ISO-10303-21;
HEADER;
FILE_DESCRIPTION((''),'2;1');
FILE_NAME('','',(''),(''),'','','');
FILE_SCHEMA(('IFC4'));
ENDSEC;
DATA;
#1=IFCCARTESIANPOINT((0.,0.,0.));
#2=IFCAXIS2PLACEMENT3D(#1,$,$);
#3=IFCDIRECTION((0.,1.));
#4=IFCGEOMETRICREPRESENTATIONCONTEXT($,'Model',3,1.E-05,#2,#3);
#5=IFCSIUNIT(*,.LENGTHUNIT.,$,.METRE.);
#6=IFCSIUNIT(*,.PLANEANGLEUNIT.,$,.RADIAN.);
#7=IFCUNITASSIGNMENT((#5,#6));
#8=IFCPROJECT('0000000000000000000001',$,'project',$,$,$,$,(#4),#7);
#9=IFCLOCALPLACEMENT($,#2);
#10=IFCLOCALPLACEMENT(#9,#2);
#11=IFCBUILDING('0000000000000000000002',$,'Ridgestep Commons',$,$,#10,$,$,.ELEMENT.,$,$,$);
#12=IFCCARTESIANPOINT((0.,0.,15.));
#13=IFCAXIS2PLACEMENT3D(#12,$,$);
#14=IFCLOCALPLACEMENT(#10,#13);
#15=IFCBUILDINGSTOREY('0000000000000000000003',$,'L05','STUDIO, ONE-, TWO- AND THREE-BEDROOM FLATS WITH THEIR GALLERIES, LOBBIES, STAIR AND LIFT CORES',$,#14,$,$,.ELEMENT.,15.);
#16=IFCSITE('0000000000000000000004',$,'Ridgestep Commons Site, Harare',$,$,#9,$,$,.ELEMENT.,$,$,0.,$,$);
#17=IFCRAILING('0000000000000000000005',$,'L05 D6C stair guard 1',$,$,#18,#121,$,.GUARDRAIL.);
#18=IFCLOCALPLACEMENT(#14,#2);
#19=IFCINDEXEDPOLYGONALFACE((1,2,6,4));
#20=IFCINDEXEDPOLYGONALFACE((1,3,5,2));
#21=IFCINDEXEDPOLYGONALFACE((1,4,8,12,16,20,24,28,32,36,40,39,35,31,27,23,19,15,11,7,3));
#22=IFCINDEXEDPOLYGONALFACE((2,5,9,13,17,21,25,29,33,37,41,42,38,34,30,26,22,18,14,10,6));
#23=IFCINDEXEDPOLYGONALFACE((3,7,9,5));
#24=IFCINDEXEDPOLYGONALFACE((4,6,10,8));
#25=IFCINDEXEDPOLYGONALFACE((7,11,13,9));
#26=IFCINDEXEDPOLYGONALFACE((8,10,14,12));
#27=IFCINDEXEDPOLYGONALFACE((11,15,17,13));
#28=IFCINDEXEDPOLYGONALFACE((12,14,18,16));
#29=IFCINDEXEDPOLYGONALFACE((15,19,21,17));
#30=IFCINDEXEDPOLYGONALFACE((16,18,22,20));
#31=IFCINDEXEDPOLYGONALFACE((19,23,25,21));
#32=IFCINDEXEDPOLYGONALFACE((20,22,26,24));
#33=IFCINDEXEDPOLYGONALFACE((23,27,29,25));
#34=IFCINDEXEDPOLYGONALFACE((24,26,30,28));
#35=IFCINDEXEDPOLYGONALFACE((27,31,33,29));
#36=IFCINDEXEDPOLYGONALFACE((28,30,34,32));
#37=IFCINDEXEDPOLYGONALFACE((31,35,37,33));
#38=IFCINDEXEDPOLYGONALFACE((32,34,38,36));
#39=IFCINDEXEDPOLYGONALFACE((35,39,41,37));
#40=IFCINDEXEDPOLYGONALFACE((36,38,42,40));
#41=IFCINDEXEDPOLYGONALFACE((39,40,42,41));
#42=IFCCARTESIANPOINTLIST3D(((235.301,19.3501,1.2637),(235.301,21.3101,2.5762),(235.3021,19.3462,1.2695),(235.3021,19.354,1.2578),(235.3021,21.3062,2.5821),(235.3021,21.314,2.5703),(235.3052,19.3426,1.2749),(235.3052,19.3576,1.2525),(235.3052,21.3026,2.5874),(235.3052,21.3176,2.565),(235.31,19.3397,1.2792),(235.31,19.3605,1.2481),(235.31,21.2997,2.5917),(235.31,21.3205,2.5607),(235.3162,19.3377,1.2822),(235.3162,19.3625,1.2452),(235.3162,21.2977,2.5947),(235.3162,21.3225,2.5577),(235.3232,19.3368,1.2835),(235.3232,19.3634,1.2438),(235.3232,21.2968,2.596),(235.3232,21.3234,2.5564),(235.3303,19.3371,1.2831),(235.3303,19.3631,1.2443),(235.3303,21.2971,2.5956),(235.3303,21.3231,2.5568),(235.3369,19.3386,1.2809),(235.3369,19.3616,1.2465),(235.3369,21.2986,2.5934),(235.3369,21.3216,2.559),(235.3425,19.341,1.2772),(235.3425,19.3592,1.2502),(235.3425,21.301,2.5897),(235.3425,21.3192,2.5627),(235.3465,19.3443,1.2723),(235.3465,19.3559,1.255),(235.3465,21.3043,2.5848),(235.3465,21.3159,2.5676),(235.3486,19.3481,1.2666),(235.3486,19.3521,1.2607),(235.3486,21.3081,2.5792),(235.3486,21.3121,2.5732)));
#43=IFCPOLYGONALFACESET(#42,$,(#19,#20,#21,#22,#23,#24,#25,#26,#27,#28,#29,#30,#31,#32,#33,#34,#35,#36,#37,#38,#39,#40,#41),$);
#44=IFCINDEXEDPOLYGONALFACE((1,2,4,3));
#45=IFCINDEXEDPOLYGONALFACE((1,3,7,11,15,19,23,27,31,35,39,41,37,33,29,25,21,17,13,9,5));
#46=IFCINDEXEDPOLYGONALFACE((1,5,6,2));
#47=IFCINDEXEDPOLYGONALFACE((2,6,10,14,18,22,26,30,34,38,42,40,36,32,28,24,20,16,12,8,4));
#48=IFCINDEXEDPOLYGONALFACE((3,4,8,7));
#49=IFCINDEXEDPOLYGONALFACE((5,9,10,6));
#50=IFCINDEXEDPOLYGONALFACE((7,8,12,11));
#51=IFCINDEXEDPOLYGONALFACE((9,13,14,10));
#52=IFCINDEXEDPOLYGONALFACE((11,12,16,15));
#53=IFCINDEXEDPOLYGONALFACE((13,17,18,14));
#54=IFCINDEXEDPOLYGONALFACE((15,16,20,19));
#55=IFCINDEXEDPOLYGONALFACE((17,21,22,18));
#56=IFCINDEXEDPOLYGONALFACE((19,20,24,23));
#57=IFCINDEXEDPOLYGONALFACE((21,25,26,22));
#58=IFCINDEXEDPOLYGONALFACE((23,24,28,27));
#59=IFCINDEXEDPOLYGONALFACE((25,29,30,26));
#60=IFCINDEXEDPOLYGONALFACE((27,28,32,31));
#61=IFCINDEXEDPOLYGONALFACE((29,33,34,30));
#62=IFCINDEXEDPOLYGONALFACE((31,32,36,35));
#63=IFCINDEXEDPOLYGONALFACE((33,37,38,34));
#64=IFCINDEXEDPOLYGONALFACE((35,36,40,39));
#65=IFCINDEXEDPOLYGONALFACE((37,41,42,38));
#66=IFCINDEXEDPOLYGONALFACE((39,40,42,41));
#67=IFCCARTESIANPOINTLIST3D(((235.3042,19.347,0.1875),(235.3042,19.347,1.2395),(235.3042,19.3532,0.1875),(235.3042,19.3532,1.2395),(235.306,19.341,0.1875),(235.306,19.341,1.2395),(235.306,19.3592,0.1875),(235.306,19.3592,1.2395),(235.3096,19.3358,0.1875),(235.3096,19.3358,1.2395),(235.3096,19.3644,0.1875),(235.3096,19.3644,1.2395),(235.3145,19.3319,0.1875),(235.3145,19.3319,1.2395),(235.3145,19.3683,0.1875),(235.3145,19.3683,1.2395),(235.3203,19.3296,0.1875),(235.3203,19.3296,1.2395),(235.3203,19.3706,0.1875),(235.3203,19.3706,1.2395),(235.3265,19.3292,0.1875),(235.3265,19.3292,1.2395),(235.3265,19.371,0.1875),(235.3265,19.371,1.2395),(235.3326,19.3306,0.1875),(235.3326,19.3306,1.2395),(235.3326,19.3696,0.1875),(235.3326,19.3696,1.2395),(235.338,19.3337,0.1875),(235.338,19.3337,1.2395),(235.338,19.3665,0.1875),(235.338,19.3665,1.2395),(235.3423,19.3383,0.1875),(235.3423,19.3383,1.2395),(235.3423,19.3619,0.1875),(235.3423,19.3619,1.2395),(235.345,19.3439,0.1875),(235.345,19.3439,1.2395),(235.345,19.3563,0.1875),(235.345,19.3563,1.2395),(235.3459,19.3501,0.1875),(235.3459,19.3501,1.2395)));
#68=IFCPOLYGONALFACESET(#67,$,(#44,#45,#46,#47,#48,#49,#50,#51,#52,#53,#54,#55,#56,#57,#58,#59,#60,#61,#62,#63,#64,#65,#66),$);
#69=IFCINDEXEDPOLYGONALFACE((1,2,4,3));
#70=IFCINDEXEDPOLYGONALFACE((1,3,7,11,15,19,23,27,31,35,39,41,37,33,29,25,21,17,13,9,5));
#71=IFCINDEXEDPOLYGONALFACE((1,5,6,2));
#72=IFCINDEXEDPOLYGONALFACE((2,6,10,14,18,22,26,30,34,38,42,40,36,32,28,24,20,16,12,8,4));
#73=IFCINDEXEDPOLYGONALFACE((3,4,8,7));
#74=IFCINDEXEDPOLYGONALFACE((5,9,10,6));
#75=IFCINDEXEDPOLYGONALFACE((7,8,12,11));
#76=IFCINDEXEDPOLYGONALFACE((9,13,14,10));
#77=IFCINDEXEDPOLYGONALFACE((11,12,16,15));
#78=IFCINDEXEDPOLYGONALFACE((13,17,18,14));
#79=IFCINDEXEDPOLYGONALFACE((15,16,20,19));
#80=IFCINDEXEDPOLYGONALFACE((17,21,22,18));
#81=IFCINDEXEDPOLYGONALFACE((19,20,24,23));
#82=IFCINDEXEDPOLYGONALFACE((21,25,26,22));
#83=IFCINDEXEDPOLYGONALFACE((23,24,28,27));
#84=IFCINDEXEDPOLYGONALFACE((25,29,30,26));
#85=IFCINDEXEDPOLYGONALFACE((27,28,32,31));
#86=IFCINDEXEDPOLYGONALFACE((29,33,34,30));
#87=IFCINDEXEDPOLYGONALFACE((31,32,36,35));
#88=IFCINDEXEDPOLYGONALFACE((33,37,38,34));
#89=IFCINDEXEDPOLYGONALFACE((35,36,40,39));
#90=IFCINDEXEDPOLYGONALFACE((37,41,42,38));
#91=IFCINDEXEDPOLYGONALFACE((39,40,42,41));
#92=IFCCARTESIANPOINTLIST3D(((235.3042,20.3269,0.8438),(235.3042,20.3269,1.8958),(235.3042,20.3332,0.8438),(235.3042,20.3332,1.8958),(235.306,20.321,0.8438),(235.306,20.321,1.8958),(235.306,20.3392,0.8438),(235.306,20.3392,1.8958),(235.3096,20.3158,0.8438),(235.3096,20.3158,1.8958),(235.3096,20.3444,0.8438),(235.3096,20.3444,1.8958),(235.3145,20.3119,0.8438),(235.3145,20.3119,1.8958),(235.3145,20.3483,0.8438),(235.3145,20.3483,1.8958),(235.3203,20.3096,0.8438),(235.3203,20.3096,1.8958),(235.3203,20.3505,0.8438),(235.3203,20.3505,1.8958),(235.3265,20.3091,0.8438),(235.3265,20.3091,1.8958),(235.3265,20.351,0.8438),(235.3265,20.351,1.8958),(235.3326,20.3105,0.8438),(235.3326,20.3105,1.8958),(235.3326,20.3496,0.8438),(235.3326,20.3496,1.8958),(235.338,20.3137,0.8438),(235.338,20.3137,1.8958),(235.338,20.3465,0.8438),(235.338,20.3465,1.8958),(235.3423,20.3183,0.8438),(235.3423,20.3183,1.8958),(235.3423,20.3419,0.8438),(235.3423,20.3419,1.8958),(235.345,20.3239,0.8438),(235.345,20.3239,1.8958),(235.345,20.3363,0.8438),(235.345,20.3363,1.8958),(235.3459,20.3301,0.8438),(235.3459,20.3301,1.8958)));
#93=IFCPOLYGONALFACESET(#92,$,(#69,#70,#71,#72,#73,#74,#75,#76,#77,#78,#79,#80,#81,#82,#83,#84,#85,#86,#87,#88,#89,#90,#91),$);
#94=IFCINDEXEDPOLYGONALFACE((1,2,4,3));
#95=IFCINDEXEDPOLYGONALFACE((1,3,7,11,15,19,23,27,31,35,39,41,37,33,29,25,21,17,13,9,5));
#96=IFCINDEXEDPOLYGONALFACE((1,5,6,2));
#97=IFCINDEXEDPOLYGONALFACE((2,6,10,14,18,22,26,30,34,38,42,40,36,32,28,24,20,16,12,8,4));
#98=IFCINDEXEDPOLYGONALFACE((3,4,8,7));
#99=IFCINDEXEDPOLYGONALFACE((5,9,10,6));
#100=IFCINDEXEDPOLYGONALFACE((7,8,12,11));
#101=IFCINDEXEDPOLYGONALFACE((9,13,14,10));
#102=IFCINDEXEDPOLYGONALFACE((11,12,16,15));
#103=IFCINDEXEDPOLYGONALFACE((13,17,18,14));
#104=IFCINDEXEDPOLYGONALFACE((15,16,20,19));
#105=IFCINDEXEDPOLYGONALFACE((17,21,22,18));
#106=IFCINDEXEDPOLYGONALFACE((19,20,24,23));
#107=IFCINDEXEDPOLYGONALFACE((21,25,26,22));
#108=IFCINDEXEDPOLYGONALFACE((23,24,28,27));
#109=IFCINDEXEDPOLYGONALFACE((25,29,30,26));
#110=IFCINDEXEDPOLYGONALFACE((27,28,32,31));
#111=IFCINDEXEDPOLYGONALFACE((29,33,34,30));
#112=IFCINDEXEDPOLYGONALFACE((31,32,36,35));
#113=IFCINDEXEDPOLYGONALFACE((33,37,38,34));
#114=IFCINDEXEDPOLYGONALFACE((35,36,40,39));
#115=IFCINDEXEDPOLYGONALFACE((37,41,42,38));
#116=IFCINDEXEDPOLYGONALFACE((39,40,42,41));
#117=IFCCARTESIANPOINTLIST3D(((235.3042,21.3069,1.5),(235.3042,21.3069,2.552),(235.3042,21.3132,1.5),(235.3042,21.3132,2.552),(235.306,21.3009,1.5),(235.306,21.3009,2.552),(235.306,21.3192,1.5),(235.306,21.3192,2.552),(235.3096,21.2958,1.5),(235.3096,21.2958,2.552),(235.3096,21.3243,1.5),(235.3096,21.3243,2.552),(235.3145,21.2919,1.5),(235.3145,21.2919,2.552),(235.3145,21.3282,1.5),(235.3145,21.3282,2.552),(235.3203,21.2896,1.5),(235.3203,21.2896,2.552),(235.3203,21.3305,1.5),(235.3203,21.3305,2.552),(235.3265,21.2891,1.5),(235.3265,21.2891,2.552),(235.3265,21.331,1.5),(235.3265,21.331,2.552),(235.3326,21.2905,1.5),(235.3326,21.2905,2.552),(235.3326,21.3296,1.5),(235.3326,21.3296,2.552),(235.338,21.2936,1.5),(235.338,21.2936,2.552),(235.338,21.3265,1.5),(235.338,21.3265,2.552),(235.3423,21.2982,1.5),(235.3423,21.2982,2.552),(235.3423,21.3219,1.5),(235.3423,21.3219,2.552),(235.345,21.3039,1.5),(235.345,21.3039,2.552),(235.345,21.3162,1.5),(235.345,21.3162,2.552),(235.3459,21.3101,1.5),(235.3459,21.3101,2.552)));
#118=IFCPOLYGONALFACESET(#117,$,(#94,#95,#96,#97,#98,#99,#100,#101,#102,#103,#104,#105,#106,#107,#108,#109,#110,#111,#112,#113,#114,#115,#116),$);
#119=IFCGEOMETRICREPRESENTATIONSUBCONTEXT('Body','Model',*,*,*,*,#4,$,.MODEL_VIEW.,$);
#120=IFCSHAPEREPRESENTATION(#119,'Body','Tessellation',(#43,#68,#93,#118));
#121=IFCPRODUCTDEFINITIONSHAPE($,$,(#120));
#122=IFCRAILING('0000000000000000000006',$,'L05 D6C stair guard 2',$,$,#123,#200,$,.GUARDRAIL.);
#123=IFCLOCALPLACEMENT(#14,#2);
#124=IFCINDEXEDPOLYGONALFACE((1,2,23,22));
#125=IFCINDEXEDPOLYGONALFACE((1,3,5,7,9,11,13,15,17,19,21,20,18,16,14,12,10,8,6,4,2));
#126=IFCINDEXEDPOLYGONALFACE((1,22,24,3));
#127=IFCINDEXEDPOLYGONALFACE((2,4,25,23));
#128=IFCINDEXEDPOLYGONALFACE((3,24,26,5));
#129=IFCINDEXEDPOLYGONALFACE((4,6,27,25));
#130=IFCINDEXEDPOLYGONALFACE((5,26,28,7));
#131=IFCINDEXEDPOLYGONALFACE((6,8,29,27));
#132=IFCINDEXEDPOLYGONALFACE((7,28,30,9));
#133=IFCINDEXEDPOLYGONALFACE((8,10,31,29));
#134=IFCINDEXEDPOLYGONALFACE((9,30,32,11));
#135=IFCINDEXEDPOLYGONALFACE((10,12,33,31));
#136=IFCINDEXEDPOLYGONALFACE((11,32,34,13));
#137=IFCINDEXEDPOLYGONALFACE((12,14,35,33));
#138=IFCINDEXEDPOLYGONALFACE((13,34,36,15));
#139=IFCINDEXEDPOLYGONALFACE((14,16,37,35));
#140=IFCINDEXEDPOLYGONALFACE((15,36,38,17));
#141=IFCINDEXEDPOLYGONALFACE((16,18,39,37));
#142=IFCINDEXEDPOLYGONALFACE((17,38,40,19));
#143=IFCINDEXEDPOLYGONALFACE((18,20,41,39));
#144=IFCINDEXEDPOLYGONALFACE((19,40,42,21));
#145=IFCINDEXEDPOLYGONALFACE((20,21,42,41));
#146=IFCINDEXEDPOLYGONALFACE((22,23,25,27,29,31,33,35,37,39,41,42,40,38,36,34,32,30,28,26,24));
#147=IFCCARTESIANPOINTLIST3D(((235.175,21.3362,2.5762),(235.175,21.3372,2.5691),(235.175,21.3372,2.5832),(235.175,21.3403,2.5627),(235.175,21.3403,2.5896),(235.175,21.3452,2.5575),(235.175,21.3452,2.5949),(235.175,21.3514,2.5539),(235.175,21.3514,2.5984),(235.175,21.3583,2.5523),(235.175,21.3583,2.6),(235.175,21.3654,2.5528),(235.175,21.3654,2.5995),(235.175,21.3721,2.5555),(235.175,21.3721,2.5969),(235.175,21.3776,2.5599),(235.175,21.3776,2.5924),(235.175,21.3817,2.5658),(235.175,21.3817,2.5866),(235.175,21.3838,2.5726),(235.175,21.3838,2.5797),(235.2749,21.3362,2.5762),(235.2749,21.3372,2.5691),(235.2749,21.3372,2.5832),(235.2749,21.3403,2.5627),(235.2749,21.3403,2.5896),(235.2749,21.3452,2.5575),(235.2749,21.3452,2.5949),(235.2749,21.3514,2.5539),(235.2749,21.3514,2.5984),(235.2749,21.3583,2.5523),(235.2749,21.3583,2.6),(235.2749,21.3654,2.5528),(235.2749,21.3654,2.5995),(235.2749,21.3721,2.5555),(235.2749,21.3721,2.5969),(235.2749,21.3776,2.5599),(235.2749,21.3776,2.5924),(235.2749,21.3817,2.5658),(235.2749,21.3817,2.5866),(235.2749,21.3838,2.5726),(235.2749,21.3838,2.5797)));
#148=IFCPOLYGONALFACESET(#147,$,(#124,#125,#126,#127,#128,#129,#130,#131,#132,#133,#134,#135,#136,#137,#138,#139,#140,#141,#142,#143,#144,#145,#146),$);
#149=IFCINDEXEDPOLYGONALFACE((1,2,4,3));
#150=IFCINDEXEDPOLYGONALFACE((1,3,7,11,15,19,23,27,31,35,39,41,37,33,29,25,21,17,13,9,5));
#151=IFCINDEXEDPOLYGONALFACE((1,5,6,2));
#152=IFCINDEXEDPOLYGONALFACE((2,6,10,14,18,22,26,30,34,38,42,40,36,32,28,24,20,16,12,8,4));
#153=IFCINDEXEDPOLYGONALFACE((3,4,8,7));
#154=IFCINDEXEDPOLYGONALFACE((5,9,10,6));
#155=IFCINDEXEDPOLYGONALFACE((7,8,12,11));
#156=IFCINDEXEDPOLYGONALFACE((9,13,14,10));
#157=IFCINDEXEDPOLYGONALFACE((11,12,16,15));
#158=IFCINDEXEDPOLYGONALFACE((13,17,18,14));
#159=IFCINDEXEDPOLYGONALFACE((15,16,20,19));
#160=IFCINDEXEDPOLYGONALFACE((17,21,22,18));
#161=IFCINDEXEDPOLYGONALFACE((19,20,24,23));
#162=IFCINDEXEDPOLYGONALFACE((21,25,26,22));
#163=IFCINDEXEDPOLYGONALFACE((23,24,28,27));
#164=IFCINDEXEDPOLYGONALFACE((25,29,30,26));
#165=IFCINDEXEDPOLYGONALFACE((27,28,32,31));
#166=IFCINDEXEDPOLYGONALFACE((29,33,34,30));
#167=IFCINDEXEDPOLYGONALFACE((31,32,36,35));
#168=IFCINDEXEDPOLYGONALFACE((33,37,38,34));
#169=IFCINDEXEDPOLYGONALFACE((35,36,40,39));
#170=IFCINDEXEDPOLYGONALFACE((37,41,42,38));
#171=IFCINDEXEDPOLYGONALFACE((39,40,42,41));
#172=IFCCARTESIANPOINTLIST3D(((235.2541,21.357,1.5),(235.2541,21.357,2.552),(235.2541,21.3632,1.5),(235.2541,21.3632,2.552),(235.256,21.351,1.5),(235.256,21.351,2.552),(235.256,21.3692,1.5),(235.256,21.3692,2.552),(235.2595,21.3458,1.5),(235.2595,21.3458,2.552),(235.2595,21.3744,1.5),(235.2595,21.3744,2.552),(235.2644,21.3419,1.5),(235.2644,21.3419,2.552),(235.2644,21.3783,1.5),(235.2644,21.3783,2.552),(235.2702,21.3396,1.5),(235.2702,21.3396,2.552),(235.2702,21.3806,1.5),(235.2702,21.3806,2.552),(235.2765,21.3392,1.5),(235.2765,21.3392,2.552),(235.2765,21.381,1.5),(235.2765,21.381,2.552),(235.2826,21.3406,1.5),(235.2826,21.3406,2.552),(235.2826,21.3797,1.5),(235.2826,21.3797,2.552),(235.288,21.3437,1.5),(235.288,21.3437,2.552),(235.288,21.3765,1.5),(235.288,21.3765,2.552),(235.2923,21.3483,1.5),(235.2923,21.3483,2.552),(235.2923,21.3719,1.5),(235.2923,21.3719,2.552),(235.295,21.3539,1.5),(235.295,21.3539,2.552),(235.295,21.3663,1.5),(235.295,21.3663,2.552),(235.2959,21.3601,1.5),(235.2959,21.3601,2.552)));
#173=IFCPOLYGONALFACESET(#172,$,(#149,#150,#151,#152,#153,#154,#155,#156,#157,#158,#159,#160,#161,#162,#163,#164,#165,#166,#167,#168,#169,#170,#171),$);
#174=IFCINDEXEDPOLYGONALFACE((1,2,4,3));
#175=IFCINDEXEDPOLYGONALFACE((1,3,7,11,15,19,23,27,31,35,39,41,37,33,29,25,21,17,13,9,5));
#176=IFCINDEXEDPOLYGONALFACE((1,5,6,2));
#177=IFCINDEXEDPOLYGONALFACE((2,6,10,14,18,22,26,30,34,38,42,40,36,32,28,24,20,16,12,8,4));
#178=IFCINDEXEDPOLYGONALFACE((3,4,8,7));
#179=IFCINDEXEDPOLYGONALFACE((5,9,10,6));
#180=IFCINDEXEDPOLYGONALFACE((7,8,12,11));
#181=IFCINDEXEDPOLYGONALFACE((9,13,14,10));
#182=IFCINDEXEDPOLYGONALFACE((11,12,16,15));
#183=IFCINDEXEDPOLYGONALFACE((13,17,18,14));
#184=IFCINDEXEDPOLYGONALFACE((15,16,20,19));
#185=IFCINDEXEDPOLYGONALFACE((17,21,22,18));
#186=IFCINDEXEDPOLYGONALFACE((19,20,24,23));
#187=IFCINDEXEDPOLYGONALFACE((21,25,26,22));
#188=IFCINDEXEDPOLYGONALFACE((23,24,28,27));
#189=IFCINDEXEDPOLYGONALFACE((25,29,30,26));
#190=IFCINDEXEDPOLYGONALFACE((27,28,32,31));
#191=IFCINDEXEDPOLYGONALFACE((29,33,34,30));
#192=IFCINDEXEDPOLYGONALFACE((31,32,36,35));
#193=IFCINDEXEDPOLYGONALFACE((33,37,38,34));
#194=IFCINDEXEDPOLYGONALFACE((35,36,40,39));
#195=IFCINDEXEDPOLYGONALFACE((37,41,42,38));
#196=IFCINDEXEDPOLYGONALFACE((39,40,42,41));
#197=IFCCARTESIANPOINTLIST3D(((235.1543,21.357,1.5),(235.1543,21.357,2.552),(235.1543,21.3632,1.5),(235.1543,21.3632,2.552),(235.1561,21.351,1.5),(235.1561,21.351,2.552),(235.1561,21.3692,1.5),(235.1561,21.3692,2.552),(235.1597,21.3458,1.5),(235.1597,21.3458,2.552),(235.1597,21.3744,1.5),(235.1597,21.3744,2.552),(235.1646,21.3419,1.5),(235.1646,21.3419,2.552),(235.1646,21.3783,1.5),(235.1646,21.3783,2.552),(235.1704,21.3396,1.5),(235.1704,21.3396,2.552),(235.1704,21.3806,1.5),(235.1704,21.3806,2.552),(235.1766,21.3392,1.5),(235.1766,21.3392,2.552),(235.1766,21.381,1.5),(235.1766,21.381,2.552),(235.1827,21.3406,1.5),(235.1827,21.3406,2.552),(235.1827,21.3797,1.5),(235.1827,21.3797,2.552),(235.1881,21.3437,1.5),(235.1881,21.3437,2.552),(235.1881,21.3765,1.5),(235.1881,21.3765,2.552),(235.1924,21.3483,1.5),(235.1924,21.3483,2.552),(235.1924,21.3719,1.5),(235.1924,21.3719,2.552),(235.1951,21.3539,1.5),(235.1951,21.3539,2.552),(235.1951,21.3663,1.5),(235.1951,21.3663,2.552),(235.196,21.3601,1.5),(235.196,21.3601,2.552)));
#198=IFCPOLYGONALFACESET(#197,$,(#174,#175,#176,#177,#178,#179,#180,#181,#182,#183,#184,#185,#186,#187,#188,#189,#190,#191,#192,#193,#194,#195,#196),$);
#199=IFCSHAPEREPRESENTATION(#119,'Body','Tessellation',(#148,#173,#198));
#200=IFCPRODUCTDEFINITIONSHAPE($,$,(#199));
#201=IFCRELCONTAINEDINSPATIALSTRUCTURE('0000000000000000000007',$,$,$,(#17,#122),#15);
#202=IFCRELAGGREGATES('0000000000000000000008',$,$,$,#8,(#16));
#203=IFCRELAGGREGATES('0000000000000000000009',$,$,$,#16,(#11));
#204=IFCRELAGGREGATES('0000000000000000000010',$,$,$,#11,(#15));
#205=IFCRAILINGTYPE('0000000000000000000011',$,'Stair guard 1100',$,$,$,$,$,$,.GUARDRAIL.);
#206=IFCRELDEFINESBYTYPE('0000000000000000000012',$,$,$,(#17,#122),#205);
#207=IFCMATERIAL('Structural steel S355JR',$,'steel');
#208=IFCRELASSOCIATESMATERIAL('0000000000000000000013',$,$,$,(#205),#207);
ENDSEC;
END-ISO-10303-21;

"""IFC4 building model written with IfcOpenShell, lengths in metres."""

from ifc_helpers import new_model, si_unit, direction, frame, origin, origin_2d, place, context, subcontext, project, spatial, circle, extrude, material, type_object, element, save


model = new_model("IFC4")

# Units and contexts
model_context = context("Model", 3, precision=1e-05, world=origin(), true_north=direction((0.0, 1.0)))
body_context = subcontext(model_context, "Body", "Model", "MODEL_VIEW")
ifc_project = project(units=[si_unit("LENGTHUNIT", "METRE"), si_unit("PLANEANGLEUNIT", "RADIAN")], contexts=[model_context])

# Site, building, storey
site_placement = place(None, origin())
site = spatial("IfcSite", under=ifc_project, at=site_placement, Name="Ridgestep Commons Site, Harare", CompositionType="ELEMENT", RefElevation=0.0)
building_placement = place(site_placement, origin())
building = spatial("IfcBuilding", under=site, at=building_placement, Name="Ridgestep Commons", CompositionType="ELEMENT")
storey_placement = place(building_placement, frame((0.0, 0.0, 15.0)))
storey = spatial("IfcBuildingStorey", under=building, at=storey_placement, Name="L05", Description="STUDIO, ONE-, TWO- AND THREE-BEDROOM FLATS WITH THEIR GALLERIES, LOBBIES, STAIR AND LIFT CORES", CompositionType="ELEMENT", Elevation=15.0)

# Railings
ifc_material_1 = material(Name="Structural steel S355JR", Category="steel")
railing_type_1 = type_object("IfcRailingType", Name="Stair guard 1100", PredefinedType="GUARDRAIL", material=ifc_material_1)
railing_1_placement = place(storey_placement, frame((235.325, 19.3501, 0.1875)))
element("IfcRailing", 1, at=railing_1_placement, inside=storey, type_object=railing_type_1, Name="L05 D6C stair guard 1", PredefinedType="GUARDRAIL", context=body_context, shape_type="SweptSolid", body=[
    extrude(circle(Radius=0.0239, at=origin_2d()), frame((0.0, 0.0, 1.0762), z_axis=(0.0, 0.830902, 0.556419), x_axis=(-1.0, 0.0, 0.0)), (0.0, 0.0, 1.0), 2.3589),
    extrude(circle(Radius=0.021, at=origin_2d()), origin(), (0.0, 0.0, 1.0), 1.052),
    extrude(circle(Radius=0.021, at=origin_2d()), frame((0.0, 0.98, 0.6562)), (0.0, 0.0, 1.0), 1.052),
    extrude(circle(Radius=0.021, at=origin_2d()), frame((0.0, 1.96, 1.3125)), (0.0, 0.0, 1.0), 1.052),
])
railing_2_placement = place(storey_placement, frame((235.2749, 21.3601, 1.5)))
element("IfcRailing", 2, at=railing_2_placement, inside=storey, type_object=railing_type_1, Name="L05 D6C stair guard 2", PredefinedType="GUARDRAIL", context=body_context, shape_type="SweptSolid", body=[
    extrude(circle(Radius=0.0239, at=origin_2d()), frame((0.0, 0.0, 1.0762), z_axis=(-1.0, 0.0, 0.0), x_axis=(0.0, -1.0, 0.0)), (0.0, 0.0, 1.0), 0.0999),
    extrude(circle(Radius=0.021, at=origin_2d()), origin(), (0.0, 0.0, 1.0), 1.052),
    extrude(circle(Radius=0.021, at=origin_2d()), frame((-0.0999, 0.0, 0.0)), (0.0, 0.0, 1.0), 1.052),
])

save(model, "model.ifc")
